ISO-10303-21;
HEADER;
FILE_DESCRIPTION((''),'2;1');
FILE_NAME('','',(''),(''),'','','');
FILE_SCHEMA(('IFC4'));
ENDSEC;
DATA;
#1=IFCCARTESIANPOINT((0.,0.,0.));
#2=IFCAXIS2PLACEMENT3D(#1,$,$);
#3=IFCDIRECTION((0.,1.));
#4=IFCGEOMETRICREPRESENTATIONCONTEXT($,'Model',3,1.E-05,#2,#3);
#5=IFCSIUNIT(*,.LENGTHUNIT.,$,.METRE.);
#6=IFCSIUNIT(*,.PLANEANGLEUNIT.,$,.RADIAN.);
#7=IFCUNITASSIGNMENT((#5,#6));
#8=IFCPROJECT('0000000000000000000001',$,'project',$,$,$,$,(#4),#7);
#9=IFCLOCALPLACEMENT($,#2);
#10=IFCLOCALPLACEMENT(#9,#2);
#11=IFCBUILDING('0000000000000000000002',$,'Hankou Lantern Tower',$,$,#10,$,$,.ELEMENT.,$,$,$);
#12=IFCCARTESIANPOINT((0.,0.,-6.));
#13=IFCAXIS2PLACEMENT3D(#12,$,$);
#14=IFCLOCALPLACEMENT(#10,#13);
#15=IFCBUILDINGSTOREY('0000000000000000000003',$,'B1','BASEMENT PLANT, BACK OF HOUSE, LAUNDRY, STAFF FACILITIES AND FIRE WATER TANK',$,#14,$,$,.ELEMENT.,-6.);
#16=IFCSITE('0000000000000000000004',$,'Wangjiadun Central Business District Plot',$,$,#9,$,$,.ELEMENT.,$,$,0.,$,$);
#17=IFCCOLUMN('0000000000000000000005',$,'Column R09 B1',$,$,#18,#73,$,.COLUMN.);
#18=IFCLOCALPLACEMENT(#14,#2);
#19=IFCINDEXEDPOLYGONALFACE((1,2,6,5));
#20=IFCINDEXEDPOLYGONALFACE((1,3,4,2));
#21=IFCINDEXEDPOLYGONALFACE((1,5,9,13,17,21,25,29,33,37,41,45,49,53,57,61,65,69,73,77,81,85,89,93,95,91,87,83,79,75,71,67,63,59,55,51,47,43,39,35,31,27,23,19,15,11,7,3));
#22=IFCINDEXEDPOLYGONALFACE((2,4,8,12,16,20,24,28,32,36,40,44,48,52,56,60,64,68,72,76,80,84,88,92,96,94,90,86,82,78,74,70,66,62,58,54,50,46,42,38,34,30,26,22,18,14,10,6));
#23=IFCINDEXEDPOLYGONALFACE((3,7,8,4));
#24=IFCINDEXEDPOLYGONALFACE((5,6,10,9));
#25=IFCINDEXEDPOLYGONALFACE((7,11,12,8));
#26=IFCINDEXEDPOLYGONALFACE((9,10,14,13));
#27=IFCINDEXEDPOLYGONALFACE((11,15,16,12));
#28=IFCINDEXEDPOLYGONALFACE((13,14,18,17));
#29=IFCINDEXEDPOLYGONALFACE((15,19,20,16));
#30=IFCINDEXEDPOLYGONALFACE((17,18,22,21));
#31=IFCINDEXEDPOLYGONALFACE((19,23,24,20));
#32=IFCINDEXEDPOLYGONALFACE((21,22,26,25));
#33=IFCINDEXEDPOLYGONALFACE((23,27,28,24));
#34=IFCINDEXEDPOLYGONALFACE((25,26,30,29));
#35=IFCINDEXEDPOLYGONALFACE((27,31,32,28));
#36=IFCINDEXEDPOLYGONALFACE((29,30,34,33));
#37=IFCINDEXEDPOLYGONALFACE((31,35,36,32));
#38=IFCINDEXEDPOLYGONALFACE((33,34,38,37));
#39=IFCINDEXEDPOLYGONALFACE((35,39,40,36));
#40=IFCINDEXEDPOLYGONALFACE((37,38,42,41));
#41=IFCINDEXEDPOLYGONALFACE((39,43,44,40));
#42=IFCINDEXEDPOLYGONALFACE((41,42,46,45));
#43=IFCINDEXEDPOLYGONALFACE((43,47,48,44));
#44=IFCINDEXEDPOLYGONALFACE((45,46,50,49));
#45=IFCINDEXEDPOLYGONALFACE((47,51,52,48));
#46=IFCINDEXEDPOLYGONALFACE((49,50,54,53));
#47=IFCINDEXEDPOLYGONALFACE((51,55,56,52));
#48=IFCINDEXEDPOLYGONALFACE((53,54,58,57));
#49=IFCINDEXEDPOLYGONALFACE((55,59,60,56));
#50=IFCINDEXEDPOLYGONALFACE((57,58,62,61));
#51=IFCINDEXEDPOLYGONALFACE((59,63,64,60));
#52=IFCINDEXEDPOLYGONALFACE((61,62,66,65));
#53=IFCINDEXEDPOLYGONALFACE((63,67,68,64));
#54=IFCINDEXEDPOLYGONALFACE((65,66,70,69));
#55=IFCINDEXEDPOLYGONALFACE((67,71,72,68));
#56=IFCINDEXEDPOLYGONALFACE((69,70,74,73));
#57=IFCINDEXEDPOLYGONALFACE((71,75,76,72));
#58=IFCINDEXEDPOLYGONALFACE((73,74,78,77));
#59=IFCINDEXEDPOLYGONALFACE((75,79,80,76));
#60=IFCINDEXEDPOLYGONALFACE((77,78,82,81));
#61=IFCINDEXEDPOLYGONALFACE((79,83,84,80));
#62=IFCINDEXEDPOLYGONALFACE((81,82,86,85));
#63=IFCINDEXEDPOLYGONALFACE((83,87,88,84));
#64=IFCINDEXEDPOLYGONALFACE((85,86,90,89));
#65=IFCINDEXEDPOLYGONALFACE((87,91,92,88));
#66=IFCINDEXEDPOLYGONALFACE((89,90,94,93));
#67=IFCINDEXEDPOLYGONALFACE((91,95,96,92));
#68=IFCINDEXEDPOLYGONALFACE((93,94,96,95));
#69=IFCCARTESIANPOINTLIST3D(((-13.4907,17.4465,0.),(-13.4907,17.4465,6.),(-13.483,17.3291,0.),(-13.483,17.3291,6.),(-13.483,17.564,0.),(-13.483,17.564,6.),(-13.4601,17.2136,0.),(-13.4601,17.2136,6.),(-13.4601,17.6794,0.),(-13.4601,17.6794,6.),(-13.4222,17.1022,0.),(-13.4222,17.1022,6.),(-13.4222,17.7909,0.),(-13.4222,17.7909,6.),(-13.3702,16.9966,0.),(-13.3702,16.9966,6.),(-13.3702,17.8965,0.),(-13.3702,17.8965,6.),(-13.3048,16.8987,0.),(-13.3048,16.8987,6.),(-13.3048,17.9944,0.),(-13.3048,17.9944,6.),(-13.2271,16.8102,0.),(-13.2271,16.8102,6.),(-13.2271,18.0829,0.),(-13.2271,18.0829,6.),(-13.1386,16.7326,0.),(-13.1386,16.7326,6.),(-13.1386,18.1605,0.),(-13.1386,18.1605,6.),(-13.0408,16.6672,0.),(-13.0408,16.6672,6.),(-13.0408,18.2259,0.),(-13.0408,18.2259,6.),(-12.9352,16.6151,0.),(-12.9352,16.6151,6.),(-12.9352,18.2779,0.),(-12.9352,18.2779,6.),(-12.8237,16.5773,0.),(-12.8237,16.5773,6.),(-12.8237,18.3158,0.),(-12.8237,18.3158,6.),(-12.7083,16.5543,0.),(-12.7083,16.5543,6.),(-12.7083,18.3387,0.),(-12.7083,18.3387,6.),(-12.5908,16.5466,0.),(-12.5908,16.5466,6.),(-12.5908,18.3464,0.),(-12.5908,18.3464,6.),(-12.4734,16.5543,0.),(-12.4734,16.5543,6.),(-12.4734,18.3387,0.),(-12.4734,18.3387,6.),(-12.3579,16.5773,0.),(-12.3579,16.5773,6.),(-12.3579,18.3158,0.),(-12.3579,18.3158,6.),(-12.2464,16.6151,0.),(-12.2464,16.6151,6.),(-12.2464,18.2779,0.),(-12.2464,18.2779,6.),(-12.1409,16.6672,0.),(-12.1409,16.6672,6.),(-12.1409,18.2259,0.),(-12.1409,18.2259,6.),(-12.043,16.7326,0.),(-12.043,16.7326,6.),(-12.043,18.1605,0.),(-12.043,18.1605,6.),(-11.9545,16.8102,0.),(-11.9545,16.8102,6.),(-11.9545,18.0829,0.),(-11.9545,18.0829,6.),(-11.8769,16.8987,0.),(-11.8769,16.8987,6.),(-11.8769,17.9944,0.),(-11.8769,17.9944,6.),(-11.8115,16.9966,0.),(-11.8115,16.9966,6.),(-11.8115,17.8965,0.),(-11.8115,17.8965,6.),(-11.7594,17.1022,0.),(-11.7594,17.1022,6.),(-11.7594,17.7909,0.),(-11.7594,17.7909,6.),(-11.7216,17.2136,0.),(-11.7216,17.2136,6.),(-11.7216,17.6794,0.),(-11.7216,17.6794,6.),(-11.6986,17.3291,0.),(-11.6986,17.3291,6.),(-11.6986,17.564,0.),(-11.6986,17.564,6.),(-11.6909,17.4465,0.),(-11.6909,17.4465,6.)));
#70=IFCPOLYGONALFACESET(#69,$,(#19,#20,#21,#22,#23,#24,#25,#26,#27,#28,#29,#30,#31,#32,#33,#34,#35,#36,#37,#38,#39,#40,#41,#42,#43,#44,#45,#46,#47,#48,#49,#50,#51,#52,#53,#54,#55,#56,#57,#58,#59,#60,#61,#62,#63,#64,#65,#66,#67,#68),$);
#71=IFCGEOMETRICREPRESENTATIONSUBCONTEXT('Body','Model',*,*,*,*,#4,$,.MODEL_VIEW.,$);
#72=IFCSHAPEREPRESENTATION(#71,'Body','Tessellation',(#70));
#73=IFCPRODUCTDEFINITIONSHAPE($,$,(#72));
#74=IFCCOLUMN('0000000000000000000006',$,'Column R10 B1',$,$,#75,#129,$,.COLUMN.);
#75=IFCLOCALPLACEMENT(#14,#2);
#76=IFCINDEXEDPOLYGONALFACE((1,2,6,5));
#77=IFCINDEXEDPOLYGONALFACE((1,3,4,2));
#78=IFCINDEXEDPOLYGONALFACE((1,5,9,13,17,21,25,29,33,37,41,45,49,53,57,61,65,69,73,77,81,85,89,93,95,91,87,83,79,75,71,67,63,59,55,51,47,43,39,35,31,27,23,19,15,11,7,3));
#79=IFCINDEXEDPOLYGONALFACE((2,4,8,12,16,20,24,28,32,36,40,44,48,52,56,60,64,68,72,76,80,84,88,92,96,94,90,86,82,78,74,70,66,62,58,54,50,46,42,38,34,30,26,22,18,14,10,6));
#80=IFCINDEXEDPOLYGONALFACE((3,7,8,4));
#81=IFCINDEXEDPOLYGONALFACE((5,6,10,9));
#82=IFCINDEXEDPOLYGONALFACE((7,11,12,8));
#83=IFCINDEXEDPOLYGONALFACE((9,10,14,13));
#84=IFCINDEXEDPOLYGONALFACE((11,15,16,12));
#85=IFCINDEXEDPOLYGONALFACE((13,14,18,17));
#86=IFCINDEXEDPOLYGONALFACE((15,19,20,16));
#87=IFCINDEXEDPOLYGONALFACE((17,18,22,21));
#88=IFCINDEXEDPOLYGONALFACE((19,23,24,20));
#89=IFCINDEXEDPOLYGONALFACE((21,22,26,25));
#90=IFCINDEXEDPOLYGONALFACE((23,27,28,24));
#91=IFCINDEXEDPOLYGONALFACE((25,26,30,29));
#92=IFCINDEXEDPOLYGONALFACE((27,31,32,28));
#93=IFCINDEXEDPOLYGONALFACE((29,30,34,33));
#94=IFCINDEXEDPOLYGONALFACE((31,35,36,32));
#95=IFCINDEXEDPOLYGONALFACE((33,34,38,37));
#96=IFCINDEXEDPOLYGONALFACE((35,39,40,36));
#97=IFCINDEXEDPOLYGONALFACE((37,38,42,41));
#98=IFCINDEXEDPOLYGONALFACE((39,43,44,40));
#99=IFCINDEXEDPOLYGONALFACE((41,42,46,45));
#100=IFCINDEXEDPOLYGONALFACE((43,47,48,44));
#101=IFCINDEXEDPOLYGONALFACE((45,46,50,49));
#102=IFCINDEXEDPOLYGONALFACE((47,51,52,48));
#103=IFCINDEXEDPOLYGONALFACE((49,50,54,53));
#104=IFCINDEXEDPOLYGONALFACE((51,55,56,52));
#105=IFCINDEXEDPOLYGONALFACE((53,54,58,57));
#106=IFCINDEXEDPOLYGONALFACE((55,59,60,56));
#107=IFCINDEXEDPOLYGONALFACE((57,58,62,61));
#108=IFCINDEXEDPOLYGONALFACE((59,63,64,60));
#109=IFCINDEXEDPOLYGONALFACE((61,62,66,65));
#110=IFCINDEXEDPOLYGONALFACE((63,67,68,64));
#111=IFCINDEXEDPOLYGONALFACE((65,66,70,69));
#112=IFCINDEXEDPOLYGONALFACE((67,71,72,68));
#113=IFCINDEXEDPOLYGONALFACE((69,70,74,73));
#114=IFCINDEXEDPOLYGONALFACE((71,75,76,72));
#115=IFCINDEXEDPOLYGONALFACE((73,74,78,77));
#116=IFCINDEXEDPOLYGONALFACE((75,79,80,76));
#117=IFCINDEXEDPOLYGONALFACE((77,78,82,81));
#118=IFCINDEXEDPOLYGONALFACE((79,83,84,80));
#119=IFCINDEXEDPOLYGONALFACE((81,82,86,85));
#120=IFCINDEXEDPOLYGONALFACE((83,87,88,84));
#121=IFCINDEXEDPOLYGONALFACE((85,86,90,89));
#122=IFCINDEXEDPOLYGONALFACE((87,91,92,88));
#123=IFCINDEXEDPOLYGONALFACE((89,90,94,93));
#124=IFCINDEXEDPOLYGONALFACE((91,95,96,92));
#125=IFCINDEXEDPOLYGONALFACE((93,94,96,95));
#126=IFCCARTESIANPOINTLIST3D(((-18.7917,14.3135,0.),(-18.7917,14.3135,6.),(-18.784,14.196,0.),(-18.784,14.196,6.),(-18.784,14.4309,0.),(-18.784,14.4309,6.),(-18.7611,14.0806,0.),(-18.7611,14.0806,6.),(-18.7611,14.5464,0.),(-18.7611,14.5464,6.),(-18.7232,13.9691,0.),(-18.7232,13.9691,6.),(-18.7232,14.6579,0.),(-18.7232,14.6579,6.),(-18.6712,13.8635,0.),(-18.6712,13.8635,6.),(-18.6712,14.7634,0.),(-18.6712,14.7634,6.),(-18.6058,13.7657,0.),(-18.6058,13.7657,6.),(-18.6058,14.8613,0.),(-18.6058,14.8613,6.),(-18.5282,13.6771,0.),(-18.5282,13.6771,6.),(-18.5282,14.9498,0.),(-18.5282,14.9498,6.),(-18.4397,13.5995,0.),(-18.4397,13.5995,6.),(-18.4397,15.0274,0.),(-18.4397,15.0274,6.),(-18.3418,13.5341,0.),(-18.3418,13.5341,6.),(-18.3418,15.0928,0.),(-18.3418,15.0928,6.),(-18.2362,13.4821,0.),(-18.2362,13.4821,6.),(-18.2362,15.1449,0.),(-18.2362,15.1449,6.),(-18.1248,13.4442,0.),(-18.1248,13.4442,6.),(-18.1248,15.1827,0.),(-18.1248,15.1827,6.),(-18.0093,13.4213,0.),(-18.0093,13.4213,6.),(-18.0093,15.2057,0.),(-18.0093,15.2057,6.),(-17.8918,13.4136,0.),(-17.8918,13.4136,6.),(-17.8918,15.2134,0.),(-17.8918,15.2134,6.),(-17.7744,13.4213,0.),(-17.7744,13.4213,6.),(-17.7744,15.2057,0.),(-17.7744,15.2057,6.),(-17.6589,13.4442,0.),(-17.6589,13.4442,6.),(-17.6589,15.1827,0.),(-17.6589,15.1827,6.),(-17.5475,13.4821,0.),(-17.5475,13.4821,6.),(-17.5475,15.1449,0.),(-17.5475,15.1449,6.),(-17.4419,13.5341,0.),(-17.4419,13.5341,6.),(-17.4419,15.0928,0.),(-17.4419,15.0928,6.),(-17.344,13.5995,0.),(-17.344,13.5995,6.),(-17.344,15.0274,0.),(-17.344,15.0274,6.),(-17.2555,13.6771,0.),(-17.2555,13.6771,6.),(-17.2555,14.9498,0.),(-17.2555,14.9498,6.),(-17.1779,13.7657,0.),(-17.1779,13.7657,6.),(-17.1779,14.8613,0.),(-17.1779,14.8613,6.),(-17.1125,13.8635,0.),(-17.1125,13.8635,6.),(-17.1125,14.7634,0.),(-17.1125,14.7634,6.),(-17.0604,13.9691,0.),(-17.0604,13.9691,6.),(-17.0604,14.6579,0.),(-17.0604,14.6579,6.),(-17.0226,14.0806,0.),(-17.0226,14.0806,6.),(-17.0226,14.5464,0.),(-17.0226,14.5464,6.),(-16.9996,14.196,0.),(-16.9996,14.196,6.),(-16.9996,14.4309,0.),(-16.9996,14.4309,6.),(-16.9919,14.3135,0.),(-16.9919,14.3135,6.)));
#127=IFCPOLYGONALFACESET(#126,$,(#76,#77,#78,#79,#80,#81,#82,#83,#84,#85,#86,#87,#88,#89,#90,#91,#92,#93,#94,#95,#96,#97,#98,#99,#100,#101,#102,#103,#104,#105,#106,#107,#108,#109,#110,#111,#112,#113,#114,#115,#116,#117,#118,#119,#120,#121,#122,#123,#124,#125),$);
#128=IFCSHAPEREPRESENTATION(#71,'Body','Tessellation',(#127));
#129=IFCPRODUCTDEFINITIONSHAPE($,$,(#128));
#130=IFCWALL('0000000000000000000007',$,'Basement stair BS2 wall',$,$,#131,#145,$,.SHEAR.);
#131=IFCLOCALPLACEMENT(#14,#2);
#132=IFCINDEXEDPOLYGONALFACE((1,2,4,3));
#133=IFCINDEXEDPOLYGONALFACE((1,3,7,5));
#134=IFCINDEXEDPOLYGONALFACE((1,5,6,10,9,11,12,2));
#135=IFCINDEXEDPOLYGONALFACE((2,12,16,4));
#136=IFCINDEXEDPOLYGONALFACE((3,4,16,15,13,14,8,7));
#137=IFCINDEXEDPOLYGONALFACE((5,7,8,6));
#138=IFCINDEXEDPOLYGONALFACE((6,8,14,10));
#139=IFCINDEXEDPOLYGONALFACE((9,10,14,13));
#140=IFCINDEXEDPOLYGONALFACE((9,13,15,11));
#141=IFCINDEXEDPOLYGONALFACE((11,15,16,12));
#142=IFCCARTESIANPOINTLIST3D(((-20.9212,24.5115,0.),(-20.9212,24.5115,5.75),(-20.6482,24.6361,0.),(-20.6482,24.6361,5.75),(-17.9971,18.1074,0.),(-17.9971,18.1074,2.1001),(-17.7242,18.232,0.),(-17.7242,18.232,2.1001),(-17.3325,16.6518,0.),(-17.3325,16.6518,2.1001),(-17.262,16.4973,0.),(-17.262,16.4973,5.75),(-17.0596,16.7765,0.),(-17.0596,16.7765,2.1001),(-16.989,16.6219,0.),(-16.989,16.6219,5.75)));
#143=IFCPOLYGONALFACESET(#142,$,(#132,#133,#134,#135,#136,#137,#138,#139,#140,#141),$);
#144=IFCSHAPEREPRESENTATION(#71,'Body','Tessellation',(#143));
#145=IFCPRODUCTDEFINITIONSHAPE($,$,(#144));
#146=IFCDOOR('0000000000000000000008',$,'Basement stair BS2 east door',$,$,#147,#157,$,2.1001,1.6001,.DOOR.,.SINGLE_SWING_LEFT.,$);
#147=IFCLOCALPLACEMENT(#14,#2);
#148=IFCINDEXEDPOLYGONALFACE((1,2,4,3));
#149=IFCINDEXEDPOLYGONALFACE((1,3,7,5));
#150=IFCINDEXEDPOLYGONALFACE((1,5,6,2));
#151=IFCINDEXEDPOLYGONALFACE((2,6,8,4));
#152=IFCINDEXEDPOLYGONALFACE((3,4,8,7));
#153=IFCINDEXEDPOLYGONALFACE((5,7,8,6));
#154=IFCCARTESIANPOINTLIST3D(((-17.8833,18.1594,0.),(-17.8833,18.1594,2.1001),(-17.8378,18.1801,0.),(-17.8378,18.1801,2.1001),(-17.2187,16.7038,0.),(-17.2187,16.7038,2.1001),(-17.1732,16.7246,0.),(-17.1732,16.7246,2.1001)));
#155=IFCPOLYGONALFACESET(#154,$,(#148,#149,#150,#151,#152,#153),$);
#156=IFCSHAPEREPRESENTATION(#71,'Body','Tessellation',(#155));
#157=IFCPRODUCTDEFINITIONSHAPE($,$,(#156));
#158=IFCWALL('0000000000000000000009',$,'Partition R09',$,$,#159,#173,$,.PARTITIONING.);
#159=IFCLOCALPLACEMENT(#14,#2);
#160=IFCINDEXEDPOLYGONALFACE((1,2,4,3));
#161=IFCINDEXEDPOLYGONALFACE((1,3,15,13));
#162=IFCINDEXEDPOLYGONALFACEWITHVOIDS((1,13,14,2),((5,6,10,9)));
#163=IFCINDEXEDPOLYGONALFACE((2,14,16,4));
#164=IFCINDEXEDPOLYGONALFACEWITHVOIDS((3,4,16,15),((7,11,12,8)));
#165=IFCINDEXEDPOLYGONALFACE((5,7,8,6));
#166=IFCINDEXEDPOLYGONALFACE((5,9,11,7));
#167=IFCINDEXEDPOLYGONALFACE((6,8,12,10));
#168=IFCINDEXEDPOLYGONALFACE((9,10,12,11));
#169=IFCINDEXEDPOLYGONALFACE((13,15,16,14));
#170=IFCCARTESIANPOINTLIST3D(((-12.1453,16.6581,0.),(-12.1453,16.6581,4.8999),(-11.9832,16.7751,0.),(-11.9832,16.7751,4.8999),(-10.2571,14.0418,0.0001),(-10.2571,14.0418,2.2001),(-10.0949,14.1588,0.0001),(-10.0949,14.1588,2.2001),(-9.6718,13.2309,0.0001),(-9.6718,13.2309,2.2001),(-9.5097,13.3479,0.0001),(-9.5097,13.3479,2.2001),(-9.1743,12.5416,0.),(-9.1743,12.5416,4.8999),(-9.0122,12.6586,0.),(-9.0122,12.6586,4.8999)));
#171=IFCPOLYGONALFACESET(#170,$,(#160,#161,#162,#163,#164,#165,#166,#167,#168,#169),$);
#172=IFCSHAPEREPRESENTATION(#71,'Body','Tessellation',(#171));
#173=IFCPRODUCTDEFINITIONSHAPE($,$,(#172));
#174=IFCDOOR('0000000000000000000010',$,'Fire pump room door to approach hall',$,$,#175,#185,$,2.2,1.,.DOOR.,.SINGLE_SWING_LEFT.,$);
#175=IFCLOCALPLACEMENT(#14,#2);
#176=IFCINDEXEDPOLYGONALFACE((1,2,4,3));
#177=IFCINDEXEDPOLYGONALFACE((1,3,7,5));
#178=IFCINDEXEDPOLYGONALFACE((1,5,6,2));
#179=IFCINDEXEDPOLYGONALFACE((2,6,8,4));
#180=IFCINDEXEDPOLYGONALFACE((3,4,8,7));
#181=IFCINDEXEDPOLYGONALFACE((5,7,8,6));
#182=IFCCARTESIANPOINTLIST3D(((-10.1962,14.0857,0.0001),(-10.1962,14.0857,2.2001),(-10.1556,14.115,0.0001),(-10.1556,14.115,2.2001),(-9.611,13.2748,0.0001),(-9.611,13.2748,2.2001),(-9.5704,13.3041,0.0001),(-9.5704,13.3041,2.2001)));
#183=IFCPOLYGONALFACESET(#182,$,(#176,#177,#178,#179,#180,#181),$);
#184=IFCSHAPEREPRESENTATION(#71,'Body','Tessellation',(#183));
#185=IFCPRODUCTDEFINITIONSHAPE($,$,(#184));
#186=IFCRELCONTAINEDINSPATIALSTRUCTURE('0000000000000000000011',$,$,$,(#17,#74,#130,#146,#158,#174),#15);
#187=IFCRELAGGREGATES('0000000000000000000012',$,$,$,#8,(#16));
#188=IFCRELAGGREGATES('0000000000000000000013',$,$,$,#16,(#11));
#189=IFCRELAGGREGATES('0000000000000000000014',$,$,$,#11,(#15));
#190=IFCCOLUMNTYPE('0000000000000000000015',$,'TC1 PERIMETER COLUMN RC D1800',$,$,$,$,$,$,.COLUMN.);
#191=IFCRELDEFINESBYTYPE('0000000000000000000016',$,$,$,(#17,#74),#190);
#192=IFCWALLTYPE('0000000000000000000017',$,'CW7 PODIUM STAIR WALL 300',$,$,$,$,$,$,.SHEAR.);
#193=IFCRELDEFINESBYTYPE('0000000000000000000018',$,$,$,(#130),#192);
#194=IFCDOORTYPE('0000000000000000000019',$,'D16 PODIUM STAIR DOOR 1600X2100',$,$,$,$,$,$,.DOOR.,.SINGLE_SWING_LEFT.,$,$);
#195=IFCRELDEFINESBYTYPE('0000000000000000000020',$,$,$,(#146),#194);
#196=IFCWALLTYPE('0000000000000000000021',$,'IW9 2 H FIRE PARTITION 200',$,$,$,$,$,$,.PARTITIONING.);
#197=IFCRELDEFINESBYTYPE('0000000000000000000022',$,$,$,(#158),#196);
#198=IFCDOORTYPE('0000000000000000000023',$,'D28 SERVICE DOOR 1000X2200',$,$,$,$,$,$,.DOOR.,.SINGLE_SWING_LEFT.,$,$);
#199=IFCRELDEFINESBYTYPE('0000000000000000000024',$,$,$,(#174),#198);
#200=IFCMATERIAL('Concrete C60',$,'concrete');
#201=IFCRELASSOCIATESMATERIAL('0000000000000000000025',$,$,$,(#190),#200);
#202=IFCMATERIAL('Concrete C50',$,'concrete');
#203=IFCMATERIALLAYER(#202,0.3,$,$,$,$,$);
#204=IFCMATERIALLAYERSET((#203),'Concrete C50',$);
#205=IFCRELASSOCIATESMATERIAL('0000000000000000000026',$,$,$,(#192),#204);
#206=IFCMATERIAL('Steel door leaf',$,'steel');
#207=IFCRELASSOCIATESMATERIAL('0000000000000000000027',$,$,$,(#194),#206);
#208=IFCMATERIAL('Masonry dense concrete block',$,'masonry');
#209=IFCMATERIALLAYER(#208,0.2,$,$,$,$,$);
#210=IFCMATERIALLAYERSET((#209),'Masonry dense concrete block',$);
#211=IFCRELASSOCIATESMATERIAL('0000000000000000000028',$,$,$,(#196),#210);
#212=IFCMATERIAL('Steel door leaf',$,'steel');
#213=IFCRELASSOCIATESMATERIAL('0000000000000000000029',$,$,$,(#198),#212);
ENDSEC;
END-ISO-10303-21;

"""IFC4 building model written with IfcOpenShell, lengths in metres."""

from ifc_helpers import new_model, si_unit, direction, frame, frame_2d, origin, origin_2d, place, context, subcontext, project, spatial, rectangle, circle, extrude, material, layer, layer_set, material_profile, profile_set, type_object, element, fill, save


model = new_model("IFC4")

# Units and contexts
model_context = context("Model", 3, precision=1e-05, world=origin(), true_north=direction((0.0, 1.0)))
body_context = subcontext(model_context, "Body", "Model", "MODEL_VIEW")
ifc_project = project(units=[si_unit("LENGTHUNIT", "METRE"), si_unit("PLANEANGLEUNIT", "RADIAN")], contexts=[model_context])

# Site, building, storey
site_placement = place(None, origin())
site = spatial("IfcSite", under=ifc_project, at=site_placement, Name="Wangjiadun Central Business District Plot", CompositionType="ELEMENT", RefElevation=0.0)
building_placement = place(site_placement, origin())
building = spatial("IfcBuilding", under=site, at=building_placement, Name="Hankou Lantern Tower", CompositionType="ELEMENT")
storey_placement = place(building_placement, frame((0.0, 0.0, -6.0)))
storey = spatial("IfcBuildingStorey", under=building, at=storey_placement, Name="B1", Description="BASEMENT PLANT, BACK OF HOUSE, LAUNDRY, STAFF FACILITIES AND FIRE WATER TANK", CompositionType="ELEMENT", Elevation=-6.0)

# Columns
ifc_material_1 = material(Name="Concrete C60", Category="concrete")
ifc_material_profile_1 = material_profile(ifc_material_1, circle(Radius=0.8999, at=origin_2d()), Name="RC D1800")
ifc_profile_set_1 = profile_set([ifc_material_profile_1], Name="Concrete C60")
column_type_1 = type_object("IfcColumnType", Name="TC1 PERIMETER COLUMN RC D1800", PredefinedType="COLUMN", material=ifc_profile_set_1)
for number, where, z_axis, x_axis, name in (
    (1, (-12.5908, 17.4465, 0.0), (0.0, 0.0, 1.0), (1.0, 0.0, 0.0), "Column R09 B1"),
    (2, (-17.8918, 14.3135, 0.0), (0.0, 0.0, 1.0), (1.0, 0.0, 0.0), "Column R10 B1"),
):
    element("IfcColumn", number, at=place(storey_placement, frame(where, z_axis=z_axis, x_axis=x_axis)), inside=storey, type_object=column_type_1, Name=name, PredefinedType="COLUMN", context=body_context, shape_type="SweptSolid", body=[
        extrude(circle(Radius=0.8999, at=origin_2d()), origin(), (0.0, 0.0, 1.0), 6.0),
    ])

# Walls, openings, doors
ifc_material_2 = material(Name="Concrete C50", Category="concrete")
ifc_layer_1 = layer(ifc_material_2, 0.3)
ifc_layer_set_1 = layer_set([ifc_layer_1], Name="Concrete C50")
wall_type_1 = type_object("IfcWallType", Name="CW7 PODIUM STAIR WALL 300", PredefinedType="SHEAR", material=ifc_layer_set_1)
wall_1_placement = place(storey_placement, frame((-17.1255, 16.5596, 0.0), z_axis=(0.0, 0.0, 1.0), x_axis=(-0.415343, 0.909665, 0.0)))
wall_1 = element("IfcWall", 3, at=wall_1_placement, inside=storey, type_object=wall_type_1, Name="Basement stair BS2 wall", PredefinedType="SHEAR", context=body_context, shape_type="SweptSolid", body=[
    extrude(rectangle(XDim=8.8101, YDim=0.3, at=frame_2d((4.405, 0.0))), origin(), (0.0, 0.0, 1.0), 5.75),
])
opening_1_placement = place(wall_1_placement, frame((0.1699, 0.0, 0.0)))
opening_1 = element("IfcOpeningElement", 4, at=opening_1_placement, cuts=wall_1, PredefinedType="OPENING", context=body_context, shape_type="SweptSolid", body=[
    extrude(rectangle(XDim=1.6001, YDim=2.1001, at=frame_2d((0.8, 1.05))), frame((0.0, 0.1599, 0.0), z_axis=(0.0, -1.0, 0.0), x_axis=(1.0, 0.0, 0.0)), (0.0, 0.0, 1.0), 0.3201),
])
ifc_material_3 = material(Name="Steel door leaf", Category="steel")
door_type_1 = type_object("IfcDoorType", Name="D16 PODIUM STAIR DOOR 1600X2100", OperationType="SINGLE_SWING_LEFT", PredefinedType="DOOR", material=ifc_material_3)
door_1_placement = place(opening_1_placement, origin())
door_1 = element("IfcDoor", 5, at=door_1_placement, inside=storey, type_object=door_type_1, Name="Basement stair BS2 east door", OperationType="SINGLE_SWING_LEFT", OverallHeight=2.1001, OverallWidth=1.6001, PredefinedType="DOOR", context=body_context, shape_type="SweptSolid", body=[
    extrude(rectangle(XDim=1.6001, YDim=2.1001, at=frame_2d((0.8, 1.05))), frame((0.0, 0.0249, 0.0), z_axis=(0.0, -1.0, 0.0), x_axis=(1.0, 0.0, 0.0)), (0.0, 0.0, 1.0), 0.05),
])
fill(opening_1, door_1)
ifc_material_4 = material(Name="Masonry dense concrete block", Category="masonry")
ifc_layer_2 = layer(ifc_material_4, 0.2)
ifc_layer_set_2 = layer_set([ifc_layer_2], Name="Masonry dense concrete block")
wall_type_2 = type_object("IfcWallType", Name="IW9 2 H FIRE PARTITION 200", PredefinedType="PARTITIONING", material=ifc_layer_set_2)
wall_2_placement = place(storey_placement, frame((-9.0933, 12.6001, 0.0), z_axis=(0.0, 0.0, 1.0), x_axis=(-0.585225, 0.810871, 0.0)))
wall_2 = element("IfcWall", 6, at=wall_2_placement, inside=storey, type_object=wall_type_2, Name="Partition R09", PredefinedType="PARTITIONING", context=body_context, shape_type="SweptSolid", body=[
    extrude(rectangle(XDim=5.0767, YDim=0.2, at=frame_2d((2.5383, 0.0))), origin(), (0.0, 0.0, 1.0), 4.8999),
])
opening_2_placement = place(wall_2_placement, frame((0.8501, 0.0, 0.0)))
opening_2 = element("IfcOpeningElement", 7, at=opening_2_placement, cuts=wall_2, PredefinedType="OPENING", context=body_context, shape_type="SweptSolid", body=[
    extrude(rectangle(XDim=1.0, YDim=2.2, at=frame_2d((0.5, 1.1001))), frame((0.0, 0.1099, 0.0), z_axis=(0.0, -1.0, 0.0), x_axis=(1.0, 0.0, 0.0)), (0.0, 0.0, 1.0), 0.22),
])
ifc_material_5 = material(Name="Steel door leaf", Category="steel")
door_type_2 = type_object("IfcDoorType", Name="D28 SERVICE DOOR 1000X2200", OperationType="SINGLE_SWING_LEFT", PredefinedType="DOOR", material=ifc_material_5)
door_2_placement = place(opening_2_placement, origin())
door_2 = element("IfcDoor", 8, at=door_2_placement, inside=storey, type_object=door_type_2, Name="Fire pump room door to approach hall", OperationType="SINGLE_SWING_LEFT", OverallHeight=2.2, OverallWidth=1.0, PredefinedType="DOOR", context=body_context, shape_type="SweptSolid", body=[
    extrude(rectangle(XDim=1.0, YDim=2.2, at=frame_2d((0.5, 1.1001))), frame((0.0, 0.0249, 0.0), z_axis=(0.0, -1.0, 0.0), x_axis=(1.0, 0.0, 0.0)), (0.0, 0.0, 1.0), 0.05),
])
fill(opening_2, door_2)

save(model, "model.ifc")
